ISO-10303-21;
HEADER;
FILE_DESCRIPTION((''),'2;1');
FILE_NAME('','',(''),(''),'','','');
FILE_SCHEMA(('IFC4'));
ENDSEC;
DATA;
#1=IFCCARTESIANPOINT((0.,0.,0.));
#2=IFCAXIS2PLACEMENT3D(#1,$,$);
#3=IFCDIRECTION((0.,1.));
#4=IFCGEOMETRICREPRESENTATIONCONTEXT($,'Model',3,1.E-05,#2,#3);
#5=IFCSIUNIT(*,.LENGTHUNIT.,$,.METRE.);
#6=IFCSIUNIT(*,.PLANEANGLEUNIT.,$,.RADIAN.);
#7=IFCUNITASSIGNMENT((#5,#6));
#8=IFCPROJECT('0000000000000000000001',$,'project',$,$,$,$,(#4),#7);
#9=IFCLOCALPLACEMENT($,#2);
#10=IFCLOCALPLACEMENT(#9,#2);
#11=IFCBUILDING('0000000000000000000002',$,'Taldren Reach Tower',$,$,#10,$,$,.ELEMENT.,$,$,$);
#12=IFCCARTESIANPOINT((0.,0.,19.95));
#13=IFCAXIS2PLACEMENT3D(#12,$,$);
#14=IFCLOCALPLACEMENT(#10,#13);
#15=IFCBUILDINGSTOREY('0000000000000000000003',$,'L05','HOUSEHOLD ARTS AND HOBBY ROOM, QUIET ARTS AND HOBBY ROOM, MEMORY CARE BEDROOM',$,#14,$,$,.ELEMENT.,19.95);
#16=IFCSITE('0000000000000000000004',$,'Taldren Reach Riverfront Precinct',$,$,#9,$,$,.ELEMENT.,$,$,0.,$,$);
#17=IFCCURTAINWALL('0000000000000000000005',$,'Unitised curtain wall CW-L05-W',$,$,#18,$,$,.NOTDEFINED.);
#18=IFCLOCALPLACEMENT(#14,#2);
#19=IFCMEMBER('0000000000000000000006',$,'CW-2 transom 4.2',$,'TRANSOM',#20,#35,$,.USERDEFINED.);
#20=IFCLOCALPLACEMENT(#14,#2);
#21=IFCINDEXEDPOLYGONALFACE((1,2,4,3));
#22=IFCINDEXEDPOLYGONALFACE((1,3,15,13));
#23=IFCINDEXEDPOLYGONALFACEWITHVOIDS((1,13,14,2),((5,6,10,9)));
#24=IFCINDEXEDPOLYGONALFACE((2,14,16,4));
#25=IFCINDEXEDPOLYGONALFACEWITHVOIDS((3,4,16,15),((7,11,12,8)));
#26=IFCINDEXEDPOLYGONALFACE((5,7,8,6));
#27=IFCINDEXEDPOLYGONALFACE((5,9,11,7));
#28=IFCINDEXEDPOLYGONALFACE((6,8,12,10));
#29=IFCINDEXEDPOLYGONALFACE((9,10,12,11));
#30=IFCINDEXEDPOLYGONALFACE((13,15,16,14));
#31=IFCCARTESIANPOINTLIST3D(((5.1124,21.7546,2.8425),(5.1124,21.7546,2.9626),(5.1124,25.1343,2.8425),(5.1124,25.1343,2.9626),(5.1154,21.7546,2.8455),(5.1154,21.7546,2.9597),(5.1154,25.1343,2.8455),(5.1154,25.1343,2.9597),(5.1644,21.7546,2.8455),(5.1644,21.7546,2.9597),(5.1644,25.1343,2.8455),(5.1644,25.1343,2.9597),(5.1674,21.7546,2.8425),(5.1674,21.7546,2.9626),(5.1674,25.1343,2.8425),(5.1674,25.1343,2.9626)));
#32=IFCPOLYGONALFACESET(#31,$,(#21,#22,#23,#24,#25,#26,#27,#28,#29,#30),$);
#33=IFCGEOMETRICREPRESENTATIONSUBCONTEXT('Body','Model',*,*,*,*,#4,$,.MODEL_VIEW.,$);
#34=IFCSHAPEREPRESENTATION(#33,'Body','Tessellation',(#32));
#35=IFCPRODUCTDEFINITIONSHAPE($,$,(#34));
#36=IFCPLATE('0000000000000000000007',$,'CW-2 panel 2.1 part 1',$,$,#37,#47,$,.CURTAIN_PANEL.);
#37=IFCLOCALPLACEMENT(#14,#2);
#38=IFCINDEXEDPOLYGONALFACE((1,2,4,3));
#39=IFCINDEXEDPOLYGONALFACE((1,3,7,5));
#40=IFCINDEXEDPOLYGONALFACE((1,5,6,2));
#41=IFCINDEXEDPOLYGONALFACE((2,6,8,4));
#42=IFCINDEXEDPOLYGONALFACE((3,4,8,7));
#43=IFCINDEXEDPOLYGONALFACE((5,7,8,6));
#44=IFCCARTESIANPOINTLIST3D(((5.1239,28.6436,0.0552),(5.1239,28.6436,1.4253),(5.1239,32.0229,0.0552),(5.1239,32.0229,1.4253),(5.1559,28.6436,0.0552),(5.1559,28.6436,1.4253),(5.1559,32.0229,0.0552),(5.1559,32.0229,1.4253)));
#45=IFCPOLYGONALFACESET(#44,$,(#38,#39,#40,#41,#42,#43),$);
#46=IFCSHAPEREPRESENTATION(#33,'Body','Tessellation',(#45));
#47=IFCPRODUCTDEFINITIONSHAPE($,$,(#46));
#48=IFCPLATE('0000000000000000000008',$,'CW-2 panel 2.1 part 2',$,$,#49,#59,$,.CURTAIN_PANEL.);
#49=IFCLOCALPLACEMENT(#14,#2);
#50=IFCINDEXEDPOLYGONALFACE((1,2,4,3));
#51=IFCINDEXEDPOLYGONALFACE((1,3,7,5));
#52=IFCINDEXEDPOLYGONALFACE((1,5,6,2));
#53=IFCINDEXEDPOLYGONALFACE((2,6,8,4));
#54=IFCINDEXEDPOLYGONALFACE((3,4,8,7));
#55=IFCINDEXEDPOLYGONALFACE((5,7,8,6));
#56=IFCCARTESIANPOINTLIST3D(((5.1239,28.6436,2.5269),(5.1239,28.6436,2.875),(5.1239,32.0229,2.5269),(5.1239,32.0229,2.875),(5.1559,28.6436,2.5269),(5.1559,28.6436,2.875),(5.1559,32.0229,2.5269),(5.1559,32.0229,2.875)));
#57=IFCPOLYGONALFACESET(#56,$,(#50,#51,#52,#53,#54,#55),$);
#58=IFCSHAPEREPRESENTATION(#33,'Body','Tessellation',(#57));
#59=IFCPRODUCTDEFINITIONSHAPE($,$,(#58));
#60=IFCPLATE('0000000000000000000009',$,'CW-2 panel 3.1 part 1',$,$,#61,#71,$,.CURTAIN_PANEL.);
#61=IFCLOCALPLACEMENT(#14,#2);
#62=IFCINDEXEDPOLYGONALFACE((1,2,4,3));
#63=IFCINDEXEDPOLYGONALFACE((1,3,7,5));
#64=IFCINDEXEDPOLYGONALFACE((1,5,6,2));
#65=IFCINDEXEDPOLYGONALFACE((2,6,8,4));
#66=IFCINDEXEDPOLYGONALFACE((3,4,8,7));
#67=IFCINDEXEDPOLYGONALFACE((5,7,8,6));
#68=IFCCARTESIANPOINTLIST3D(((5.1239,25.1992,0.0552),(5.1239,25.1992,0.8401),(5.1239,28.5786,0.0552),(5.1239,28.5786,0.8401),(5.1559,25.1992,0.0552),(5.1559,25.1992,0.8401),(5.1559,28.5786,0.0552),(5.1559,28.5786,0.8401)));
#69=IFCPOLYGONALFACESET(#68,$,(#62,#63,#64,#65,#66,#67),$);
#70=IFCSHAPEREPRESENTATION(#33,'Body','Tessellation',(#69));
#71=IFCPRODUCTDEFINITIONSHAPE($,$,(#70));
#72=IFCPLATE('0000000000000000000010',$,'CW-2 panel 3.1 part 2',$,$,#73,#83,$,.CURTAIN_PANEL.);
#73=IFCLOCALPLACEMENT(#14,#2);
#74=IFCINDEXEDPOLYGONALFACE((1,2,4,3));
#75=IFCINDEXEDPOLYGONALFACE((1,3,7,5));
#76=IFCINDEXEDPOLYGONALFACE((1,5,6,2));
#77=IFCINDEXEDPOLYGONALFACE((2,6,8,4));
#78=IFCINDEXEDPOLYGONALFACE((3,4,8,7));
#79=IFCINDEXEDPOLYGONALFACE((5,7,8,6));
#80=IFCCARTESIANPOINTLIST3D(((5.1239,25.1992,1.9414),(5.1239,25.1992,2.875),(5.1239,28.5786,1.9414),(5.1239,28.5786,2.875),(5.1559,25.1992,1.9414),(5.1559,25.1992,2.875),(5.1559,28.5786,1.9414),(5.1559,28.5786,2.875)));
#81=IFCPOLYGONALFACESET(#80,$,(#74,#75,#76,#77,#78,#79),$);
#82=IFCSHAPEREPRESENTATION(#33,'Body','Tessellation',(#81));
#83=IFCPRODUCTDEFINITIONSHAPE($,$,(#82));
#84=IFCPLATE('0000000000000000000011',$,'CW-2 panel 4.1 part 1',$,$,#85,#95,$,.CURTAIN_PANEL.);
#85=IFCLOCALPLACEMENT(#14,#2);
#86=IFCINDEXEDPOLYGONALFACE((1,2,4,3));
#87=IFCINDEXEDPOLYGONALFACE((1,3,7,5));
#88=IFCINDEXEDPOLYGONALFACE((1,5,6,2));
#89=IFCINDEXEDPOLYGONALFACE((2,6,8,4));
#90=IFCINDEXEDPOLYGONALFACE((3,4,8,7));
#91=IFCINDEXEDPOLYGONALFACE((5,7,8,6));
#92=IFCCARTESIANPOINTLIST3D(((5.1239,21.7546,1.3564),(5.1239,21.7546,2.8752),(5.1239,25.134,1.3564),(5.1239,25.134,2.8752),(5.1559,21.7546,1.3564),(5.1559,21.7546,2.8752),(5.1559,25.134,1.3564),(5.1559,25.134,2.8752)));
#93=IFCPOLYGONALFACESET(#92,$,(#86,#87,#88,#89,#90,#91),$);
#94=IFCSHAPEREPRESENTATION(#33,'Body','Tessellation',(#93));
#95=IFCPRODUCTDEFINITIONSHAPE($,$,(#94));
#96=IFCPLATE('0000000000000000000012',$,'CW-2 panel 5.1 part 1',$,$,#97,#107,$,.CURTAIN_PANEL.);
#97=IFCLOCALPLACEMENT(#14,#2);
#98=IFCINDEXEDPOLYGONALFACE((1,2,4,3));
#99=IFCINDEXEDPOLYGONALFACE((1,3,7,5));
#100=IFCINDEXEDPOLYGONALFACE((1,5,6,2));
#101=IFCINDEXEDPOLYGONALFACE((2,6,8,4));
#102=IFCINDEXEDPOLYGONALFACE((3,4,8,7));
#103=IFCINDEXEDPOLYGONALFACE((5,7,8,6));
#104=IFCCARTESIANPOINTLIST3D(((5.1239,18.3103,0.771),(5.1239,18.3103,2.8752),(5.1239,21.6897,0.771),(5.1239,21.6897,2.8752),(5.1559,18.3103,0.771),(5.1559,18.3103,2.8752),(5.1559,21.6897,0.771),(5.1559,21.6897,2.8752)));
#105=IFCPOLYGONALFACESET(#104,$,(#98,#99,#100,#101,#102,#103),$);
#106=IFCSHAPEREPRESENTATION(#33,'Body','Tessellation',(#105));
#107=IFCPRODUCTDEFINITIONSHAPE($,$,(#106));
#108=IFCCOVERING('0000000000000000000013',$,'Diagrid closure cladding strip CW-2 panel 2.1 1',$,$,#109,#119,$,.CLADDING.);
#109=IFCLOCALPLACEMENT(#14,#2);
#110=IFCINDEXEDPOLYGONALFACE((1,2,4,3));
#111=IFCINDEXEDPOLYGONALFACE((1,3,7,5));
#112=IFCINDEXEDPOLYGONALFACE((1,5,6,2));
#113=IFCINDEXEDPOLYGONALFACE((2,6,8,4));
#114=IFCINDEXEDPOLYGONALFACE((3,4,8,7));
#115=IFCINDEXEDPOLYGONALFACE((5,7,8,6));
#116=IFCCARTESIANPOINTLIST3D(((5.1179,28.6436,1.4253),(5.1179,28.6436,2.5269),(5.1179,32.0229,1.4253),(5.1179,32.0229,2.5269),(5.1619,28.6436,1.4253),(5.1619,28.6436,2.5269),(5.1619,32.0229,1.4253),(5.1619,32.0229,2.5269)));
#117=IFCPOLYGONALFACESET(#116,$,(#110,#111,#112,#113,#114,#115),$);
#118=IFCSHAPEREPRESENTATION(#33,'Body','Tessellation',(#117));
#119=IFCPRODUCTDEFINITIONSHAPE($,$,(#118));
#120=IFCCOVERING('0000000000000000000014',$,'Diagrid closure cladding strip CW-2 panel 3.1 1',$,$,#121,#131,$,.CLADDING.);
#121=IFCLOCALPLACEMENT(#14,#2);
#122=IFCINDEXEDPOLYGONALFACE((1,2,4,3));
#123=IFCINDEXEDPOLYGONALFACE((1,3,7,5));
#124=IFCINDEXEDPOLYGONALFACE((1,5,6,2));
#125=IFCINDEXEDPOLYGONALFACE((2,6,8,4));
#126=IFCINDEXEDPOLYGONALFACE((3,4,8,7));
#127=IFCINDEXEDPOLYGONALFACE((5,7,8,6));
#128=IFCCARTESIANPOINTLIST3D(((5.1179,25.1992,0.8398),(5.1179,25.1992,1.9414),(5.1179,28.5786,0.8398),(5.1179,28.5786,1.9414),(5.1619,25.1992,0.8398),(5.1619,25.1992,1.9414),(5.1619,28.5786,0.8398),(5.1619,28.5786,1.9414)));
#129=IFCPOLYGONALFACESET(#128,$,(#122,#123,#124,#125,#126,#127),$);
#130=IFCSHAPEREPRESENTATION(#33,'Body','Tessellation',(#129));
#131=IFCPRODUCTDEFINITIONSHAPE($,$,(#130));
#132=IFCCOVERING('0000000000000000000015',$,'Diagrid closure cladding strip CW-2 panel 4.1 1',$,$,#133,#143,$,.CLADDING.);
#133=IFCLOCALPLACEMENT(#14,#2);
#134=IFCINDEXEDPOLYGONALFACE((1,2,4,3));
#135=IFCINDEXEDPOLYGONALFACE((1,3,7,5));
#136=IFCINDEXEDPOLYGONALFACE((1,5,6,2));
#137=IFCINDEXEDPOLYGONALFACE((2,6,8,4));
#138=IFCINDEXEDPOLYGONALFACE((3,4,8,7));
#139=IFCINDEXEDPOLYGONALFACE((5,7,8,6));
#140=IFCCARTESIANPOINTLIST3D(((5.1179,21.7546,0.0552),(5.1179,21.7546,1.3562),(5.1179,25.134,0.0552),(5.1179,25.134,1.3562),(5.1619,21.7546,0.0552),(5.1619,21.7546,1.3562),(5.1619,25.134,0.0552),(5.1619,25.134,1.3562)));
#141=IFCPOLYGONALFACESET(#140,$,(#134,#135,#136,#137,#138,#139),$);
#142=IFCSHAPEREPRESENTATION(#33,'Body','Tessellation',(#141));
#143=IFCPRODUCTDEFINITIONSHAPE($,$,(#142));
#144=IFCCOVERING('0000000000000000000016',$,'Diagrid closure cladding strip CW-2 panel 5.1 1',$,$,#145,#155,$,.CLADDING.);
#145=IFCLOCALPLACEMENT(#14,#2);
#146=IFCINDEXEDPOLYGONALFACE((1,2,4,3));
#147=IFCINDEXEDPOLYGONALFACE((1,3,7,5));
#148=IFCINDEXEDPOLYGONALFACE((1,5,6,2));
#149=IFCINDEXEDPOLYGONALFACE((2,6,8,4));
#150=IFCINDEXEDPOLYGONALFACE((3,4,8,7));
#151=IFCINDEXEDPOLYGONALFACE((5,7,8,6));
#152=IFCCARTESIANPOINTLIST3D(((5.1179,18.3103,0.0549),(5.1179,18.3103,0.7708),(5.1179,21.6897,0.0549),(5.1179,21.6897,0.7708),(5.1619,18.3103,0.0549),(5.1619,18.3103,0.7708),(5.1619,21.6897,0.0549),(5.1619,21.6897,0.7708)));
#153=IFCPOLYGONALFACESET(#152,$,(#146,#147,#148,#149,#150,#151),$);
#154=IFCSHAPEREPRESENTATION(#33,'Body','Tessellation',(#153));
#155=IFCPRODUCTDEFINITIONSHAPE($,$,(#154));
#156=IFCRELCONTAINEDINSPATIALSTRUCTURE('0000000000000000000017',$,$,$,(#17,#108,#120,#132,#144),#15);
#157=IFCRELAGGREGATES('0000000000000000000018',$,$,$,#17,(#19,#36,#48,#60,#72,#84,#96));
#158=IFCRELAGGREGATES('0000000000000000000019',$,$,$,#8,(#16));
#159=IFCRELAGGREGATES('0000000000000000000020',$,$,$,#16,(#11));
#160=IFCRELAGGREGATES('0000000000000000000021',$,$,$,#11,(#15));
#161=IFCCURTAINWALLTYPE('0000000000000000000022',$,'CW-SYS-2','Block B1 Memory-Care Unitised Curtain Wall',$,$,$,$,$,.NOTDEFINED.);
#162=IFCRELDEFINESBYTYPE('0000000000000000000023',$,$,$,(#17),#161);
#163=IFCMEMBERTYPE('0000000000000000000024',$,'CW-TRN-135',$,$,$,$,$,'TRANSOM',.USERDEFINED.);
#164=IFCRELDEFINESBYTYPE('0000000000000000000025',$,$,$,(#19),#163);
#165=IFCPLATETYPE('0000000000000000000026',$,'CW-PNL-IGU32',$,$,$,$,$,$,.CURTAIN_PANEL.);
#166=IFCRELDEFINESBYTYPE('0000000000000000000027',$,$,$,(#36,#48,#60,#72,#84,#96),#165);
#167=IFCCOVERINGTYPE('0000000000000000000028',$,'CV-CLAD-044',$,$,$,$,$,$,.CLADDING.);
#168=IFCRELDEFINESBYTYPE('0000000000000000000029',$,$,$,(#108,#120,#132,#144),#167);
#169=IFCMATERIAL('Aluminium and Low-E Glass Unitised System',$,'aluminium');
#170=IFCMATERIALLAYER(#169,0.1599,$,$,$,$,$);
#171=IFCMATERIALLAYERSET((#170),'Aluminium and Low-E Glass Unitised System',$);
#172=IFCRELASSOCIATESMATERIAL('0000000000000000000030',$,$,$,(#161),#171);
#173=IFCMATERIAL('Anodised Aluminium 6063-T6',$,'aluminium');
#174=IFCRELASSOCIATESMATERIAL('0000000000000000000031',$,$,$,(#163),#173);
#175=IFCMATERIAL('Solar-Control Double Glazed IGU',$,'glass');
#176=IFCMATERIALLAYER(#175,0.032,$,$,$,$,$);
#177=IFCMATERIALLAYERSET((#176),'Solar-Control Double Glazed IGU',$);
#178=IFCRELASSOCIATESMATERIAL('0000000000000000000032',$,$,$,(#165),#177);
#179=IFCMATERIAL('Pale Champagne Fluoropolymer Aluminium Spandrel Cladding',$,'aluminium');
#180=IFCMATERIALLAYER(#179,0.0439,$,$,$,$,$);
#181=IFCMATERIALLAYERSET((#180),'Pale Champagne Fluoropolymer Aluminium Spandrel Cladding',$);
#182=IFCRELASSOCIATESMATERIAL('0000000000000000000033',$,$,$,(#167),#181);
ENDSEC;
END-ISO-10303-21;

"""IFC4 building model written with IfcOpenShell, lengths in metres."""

from ifc_helpers import new_model, si_unit, direction, frame, origin, origin_2d, place, context, subcontext, project, spatial, rectangle, hollow_rectangle, extrude, source, transform, mapped, material, layer, layer_set, material_profile, profile_set, type_object, element, aggregate, save


model = new_model("IFC4")

# Units and contexts
model_context = context("Model", 3, precision=1e-05, world=origin(), true_north=direction((0.0, 1.0)))
body_context = subcontext(model_context, "Body", "Model", "MODEL_VIEW")
ifc_project = project(units=[si_unit("LENGTHUNIT", "METRE"), si_unit("PLANEANGLEUNIT", "RADIAN")], contexts=[model_context])

# Site, building, storey
site_placement = place(None, origin())
site = spatial("IfcSite", under=ifc_project, at=site_placement, Name="Taldren Reach Riverfront Precinct", CompositionType="ELEMENT", RefElevation=0.0)
building_placement = place(site_placement, origin())
building = spatial("IfcBuilding", under=site, at=building_placement, Name="Taldren Reach Tower", CompositionType="ELEMENT")
storey_placement = place(building_placement, frame((0.0, 0.0, 19.95)))
storey = spatial("IfcBuildingStorey", under=building, at=storey_placement, Name="L05", Description="HOUSEHOLD ARTS AND HOBBY ROOM, QUIET ARTS AND HOBBY ROOM, MEMORY CARE BEDROOM", CompositionType="ELEMENT", Elevation=19.95)

# Curtain wall, member, plates
ifc_material_1 = material(Name="Aluminium and Low-E Glass Unitised System", Category="aluminium")
ifc_layer_1 = layer(ifc_material_1, 0.1599)
ifc_layer_set_1 = layer_set([ifc_layer_1], Name="Aluminium and Low-E Glass Unitised System")
curtain_wall_type = type_object("IfcCurtainWallType", Name="CW-SYS-2", Description="Block B1 Memory-Care Unitised Curtain Wall", PredefinedType="NOTDEFINED", material=ifc_layer_set_1)
curtain_wall_placement = place(storey_placement, origin())
curtain_wall = element("IfcCurtainWall", 1, at=curtain_wall_placement, inside=storey, type_object=curtain_wall_type, Name="Unitised curtain wall CW-L05-W", PredefinedType="NOTDEFINED")
ifc_material_2 = material(Name="Anodised Aluminium 6063-T6", Category="aluminium")
ifc_material_profile_1 = material_profile(ifc_material_2, hollow_rectangle(XDim=0.0549, YDim=0.1201, WallThickness=0.0029, at=origin_2d()), Name="ALU-120x55x3RHS")
ifc_profile_set_1 = profile_set([ifc_material_profile_1], Name="Anodised Aluminium 6063-T6")
member_type_1 = type_object("IfcMemberType", Name="CW-TRN-135", ElementType="TRANSOM", PredefinedType="USERDEFINED", material=ifc_profile_set_1)
shared_shape_1 = source(origin(), body_context, "Body", "SweptSolid", [
    extrude(hollow_rectangle(XDim=0.0549, YDim=0.1201, WallThickness=0.0029, at=origin_2d()), origin(), (0.0, 0.0, 1.0), 3.3796),
])
member_1_placement = place(storey_placement, frame((5.1399, 25.1343, 2.9026), z_axis=(0.0, -1.0, 0.0), x_axis=(1.0, 0.0, 0.0)))
member_1 = element("IfcMember", 2, at=member_1_placement, type_object=member_type_1, Name="CW-2 transom 4.2", ObjectType="TRANSOM", PredefinedType="USERDEFINED", context=body_context, shape_type="MappedRepresentation", body=[
    mapped(shared_shape_1, transform((0.0, 0.0, 0.0), scale=1.0)),
])
ifc_material_3 = material(Name="Solar-Control Double Glazed IGU", Category="glass")
ifc_layer_2 = layer(ifc_material_3, 0.032)
ifc_layer_set_2 = layer_set([ifc_layer_2], Name="Solar-Control Double Glazed IGU")
plate_type = type_object("IfcPlateType", Name="CW-PNL-IGU32", PredefinedType="CURTAIN_PANEL", material=ifc_layer_set_2)
shared_shape_2 = source(origin(), body_context, "Body", "SweptSolid", [
    extrude(rectangle(XDim=3.3794, YDim=0.032, at=origin_2d()), origin(), (0.0, 0.0, 1.0), 1.3701),
])
plate_1_placement = place(storey_placement, frame((5.1399, 30.3333, 0.0552), z_axis=(0.0, 0.0, 1.0), x_axis=(0.0, -1.0, 0.0)))
plate_1 = element("IfcPlate", 3, at=plate_1_placement, type_object=plate_type, Name="CW-2 panel 2.1 part 1", PredefinedType="CURTAIN_PANEL", context=body_context, shape_type="MappedRepresentation", body=[
    mapped(shared_shape_2, transform((0.0, 0.0, 0.0), scale=1.0)),
])
shared_shape_3 = source(origin(), body_context, "Body", "SweptSolid", [
    extrude(rectangle(XDim=3.3794, YDim=0.032, at=origin_2d()), origin(), (0.0, 0.0, 1.0), 0.3481),
])
plate_2_placement = place(storey_placement, frame((5.1399, 30.3333, 2.5269), z_axis=(0.0, 0.0, 1.0), x_axis=(0.0, -1.0, 0.0)))
plate_2 = element("IfcPlate", 4, at=plate_2_placement, type_object=plate_type, Name="CW-2 panel 2.1 part 2", PredefinedType="CURTAIN_PANEL", context=body_context, shape_type="MappedRepresentation", body=[
    mapped(shared_shape_3, transform((0.0, 0.0, 0.0), scale=1.0)),
])
shared_shape_4 = source(origin(), body_context, "Body", "SweptSolid", [
    extrude(rectangle(XDim=3.3794, YDim=0.032, at=origin_2d()), origin(), (0.0, 0.0, 1.0), 0.7849),
])
plate_3_placement = place(storey_placement, frame((5.1399, 26.8889, 0.0552), z_axis=(0.0, 0.0, 1.0), x_axis=(0.0, -1.0, 0.0)))
plate_3 = element("IfcPlate", 5, at=plate_3_placement, type_object=plate_type, Name="CW-2 panel 3.1 part 1", PredefinedType="CURTAIN_PANEL", context=body_context, shape_type="MappedRepresentation", body=[
    mapped(shared_shape_4, transform((0.0, 0.0, 0.0), scale=1.0)),
])
shared_shape_5 = source(origin(), body_context, "Body", "SweptSolid", [
    extrude(rectangle(XDim=3.3794, YDim=0.032, at=origin_2d()), origin(), (0.0, 0.0, 1.0), 0.9336),
])
plate_4_placement = place(storey_placement, frame((5.1399, 26.8889, 1.9414), z_axis=(0.0, 0.0, 1.0), x_axis=(0.0, -1.0, 0.0)))
plate_4 = element("IfcPlate", 6, at=plate_4_placement, type_object=plate_type, Name="CW-2 panel 3.1 part 2", PredefinedType="CURTAIN_PANEL", context=body_context, shape_type="MappedRepresentation", body=[
    mapped(shared_shape_5, transform((0.0, 0.0, 0.0), scale=1.0)),
])
shared_shape_6 = source(origin(), body_context, "Body", "SweptSolid", [
    extrude(rectangle(XDim=3.3794, YDim=0.032, at=origin_2d()), origin(), (0.0, 0.0, 1.0), 1.5188),
])
plate_5_placement = place(storey_placement, frame((5.1399, 23.4443, 1.3564), z_axis=(0.0, 0.0, 1.0), x_axis=(0.0, -1.0, 0.0)))
plate_5 = element("IfcPlate", 7, at=plate_5_placement, type_object=plate_type, Name="CW-2 panel 4.1 part 1", PredefinedType="CURTAIN_PANEL", context=body_context, shape_type="MappedRepresentation", body=[
    mapped(shared_shape_6, transform((0.0, 0.0, 0.0), scale=1.0)),
])
shared_shape_7 = source(origin(), body_context, "Body", "SweptSolid", [
    extrude(rectangle(XDim=3.3794, YDim=0.032, at=origin_2d()), origin(), (0.0, 0.0, 1.0), 2.1042),
])
plate_6_placement = place(storey_placement, frame((5.1399, 20.0, 0.771), z_axis=(0.0, 0.0, 1.0), x_axis=(0.0, -1.0, 0.0)))
plate_6 = element("IfcPlate", 8, at=plate_6_placement, type_object=plate_type, Name="CW-2 panel 5.1 part 1", PredefinedType="CURTAIN_PANEL", context=body_context, shape_type="MappedRepresentation", body=[
    mapped(shared_shape_7, transform((0.0, 0.0, 0.0), scale=1.0)),
])
aggregate(curtain_wall, [member_1, plate_1, plate_2, plate_3, plate_4, plate_5, plate_6])

# Coverings
ifc_material_4 = material(Name="Pale Champagne Fluoropolymer Aluminium Spandrel Cladding", Category="aluminium")
ifc_layer_3 = layer(ifc_material_4, 0.0439)
ifc_layer_set_3 = layer_set([ifc_layer_3], Name="Pale Champagne Fluoropolymer Aluminium Spandrel Cladding")
covering_type = type_object("IfcCoveringType", Name="CV-CLAD-044", PredefinedType="CLADDING", material=ifc_layer_set_3)
shared_shape_8 = source(origin(), body_context, "Body", "SweptSolid", [
    extrude(rectangle(XDim=3.3794, YDim=0.0439, at=origin_2d()), origin(), (0.0, 0.0, 1.0), 1.1016),
])
for number, where, z_axis, x_axis, name in (
    (9, (5.1399, 30.3333, 1.4253), (0.0, 0.0, 1.0), (0.0, -1.0, 0.0), "Diagrid closure cladding strip CW-2 panel 2.1 1"),
    (10, (5.1399, 26.8889, 0.8398), (0.0, 0.0, 1.0), (0.0, -1.0, 0.0), "Diagrid closure cladding strip CW-2 panel 3.1 1"),
):
    element("IfcCovering", number, at=place(storey_placement, frame(where, z_axis=z_axis, x_axis=x_axis)), inside=storey, type_object=covering_type, Name=name, PredefinedType="CLADDING", context=body_context, shape_type="MappedRepresentation", body=[
        mapped(shared_shape_8, transform((0.0, 0.0, 0.0), scale=1.0)),
    ])
shared_shape_9 = source(origin(), body_context, "Body", "SweptSolid", [
    extrude(rectangle(XDim=3.3794, YDim=0.0439, at=origin_2d()), origin(), (0.0, 0.0, 1.0), 1.301),
])
covering_1_placement = place(storey_placement, frame((5.1399, 23.4443, 0.0552), z_axis=(0.0, 0.0, 1.0), x_axis=(0.0, -1.0, 0.0)))
element("IfcCovering", 11, at=covering_1_placement, inside=storey, type_object=covering_type, Name="Diagrid closure cladding strip CW-2 panel 4.1 1", PredefinedType="CLADDING", context=body_context, shape_type="MappedRepresentation", body=[
    mapped(shared_shape_9, transform((0.0, 0.0, 0.0), scale=1.0)),
])
shared_shape_10 = source(origin(), body_context, "Body", "SweptSolid", [
    extrude(rectangle(XDim=3.3794, YDim=0.0439, at=origin_2d()), origin(), (0.0, 0.0, 1.0), 0.7158),
])
covering_2_placement = place(storey_placement, frame((5.1399, 20.0, 0.0549), z_axis=(0.0, 0.0, 1.0), x_axis=(0.0, -1.0, 0.0)))
element("IfcCovering", 12, at=covering_2_placement, inside=storey, type_object=covering_type, Name="Diagrid closure cladding strip CW-2 panel 5.1 1", PredefinedType="CLADDING", context=body_context, shape_type="MappedRepresentation", body=[
    mapped(shared_shape_10, transform((0.0, 0.0, 0.0), scale=1.0)),
])

save(model, "model.ifc")
